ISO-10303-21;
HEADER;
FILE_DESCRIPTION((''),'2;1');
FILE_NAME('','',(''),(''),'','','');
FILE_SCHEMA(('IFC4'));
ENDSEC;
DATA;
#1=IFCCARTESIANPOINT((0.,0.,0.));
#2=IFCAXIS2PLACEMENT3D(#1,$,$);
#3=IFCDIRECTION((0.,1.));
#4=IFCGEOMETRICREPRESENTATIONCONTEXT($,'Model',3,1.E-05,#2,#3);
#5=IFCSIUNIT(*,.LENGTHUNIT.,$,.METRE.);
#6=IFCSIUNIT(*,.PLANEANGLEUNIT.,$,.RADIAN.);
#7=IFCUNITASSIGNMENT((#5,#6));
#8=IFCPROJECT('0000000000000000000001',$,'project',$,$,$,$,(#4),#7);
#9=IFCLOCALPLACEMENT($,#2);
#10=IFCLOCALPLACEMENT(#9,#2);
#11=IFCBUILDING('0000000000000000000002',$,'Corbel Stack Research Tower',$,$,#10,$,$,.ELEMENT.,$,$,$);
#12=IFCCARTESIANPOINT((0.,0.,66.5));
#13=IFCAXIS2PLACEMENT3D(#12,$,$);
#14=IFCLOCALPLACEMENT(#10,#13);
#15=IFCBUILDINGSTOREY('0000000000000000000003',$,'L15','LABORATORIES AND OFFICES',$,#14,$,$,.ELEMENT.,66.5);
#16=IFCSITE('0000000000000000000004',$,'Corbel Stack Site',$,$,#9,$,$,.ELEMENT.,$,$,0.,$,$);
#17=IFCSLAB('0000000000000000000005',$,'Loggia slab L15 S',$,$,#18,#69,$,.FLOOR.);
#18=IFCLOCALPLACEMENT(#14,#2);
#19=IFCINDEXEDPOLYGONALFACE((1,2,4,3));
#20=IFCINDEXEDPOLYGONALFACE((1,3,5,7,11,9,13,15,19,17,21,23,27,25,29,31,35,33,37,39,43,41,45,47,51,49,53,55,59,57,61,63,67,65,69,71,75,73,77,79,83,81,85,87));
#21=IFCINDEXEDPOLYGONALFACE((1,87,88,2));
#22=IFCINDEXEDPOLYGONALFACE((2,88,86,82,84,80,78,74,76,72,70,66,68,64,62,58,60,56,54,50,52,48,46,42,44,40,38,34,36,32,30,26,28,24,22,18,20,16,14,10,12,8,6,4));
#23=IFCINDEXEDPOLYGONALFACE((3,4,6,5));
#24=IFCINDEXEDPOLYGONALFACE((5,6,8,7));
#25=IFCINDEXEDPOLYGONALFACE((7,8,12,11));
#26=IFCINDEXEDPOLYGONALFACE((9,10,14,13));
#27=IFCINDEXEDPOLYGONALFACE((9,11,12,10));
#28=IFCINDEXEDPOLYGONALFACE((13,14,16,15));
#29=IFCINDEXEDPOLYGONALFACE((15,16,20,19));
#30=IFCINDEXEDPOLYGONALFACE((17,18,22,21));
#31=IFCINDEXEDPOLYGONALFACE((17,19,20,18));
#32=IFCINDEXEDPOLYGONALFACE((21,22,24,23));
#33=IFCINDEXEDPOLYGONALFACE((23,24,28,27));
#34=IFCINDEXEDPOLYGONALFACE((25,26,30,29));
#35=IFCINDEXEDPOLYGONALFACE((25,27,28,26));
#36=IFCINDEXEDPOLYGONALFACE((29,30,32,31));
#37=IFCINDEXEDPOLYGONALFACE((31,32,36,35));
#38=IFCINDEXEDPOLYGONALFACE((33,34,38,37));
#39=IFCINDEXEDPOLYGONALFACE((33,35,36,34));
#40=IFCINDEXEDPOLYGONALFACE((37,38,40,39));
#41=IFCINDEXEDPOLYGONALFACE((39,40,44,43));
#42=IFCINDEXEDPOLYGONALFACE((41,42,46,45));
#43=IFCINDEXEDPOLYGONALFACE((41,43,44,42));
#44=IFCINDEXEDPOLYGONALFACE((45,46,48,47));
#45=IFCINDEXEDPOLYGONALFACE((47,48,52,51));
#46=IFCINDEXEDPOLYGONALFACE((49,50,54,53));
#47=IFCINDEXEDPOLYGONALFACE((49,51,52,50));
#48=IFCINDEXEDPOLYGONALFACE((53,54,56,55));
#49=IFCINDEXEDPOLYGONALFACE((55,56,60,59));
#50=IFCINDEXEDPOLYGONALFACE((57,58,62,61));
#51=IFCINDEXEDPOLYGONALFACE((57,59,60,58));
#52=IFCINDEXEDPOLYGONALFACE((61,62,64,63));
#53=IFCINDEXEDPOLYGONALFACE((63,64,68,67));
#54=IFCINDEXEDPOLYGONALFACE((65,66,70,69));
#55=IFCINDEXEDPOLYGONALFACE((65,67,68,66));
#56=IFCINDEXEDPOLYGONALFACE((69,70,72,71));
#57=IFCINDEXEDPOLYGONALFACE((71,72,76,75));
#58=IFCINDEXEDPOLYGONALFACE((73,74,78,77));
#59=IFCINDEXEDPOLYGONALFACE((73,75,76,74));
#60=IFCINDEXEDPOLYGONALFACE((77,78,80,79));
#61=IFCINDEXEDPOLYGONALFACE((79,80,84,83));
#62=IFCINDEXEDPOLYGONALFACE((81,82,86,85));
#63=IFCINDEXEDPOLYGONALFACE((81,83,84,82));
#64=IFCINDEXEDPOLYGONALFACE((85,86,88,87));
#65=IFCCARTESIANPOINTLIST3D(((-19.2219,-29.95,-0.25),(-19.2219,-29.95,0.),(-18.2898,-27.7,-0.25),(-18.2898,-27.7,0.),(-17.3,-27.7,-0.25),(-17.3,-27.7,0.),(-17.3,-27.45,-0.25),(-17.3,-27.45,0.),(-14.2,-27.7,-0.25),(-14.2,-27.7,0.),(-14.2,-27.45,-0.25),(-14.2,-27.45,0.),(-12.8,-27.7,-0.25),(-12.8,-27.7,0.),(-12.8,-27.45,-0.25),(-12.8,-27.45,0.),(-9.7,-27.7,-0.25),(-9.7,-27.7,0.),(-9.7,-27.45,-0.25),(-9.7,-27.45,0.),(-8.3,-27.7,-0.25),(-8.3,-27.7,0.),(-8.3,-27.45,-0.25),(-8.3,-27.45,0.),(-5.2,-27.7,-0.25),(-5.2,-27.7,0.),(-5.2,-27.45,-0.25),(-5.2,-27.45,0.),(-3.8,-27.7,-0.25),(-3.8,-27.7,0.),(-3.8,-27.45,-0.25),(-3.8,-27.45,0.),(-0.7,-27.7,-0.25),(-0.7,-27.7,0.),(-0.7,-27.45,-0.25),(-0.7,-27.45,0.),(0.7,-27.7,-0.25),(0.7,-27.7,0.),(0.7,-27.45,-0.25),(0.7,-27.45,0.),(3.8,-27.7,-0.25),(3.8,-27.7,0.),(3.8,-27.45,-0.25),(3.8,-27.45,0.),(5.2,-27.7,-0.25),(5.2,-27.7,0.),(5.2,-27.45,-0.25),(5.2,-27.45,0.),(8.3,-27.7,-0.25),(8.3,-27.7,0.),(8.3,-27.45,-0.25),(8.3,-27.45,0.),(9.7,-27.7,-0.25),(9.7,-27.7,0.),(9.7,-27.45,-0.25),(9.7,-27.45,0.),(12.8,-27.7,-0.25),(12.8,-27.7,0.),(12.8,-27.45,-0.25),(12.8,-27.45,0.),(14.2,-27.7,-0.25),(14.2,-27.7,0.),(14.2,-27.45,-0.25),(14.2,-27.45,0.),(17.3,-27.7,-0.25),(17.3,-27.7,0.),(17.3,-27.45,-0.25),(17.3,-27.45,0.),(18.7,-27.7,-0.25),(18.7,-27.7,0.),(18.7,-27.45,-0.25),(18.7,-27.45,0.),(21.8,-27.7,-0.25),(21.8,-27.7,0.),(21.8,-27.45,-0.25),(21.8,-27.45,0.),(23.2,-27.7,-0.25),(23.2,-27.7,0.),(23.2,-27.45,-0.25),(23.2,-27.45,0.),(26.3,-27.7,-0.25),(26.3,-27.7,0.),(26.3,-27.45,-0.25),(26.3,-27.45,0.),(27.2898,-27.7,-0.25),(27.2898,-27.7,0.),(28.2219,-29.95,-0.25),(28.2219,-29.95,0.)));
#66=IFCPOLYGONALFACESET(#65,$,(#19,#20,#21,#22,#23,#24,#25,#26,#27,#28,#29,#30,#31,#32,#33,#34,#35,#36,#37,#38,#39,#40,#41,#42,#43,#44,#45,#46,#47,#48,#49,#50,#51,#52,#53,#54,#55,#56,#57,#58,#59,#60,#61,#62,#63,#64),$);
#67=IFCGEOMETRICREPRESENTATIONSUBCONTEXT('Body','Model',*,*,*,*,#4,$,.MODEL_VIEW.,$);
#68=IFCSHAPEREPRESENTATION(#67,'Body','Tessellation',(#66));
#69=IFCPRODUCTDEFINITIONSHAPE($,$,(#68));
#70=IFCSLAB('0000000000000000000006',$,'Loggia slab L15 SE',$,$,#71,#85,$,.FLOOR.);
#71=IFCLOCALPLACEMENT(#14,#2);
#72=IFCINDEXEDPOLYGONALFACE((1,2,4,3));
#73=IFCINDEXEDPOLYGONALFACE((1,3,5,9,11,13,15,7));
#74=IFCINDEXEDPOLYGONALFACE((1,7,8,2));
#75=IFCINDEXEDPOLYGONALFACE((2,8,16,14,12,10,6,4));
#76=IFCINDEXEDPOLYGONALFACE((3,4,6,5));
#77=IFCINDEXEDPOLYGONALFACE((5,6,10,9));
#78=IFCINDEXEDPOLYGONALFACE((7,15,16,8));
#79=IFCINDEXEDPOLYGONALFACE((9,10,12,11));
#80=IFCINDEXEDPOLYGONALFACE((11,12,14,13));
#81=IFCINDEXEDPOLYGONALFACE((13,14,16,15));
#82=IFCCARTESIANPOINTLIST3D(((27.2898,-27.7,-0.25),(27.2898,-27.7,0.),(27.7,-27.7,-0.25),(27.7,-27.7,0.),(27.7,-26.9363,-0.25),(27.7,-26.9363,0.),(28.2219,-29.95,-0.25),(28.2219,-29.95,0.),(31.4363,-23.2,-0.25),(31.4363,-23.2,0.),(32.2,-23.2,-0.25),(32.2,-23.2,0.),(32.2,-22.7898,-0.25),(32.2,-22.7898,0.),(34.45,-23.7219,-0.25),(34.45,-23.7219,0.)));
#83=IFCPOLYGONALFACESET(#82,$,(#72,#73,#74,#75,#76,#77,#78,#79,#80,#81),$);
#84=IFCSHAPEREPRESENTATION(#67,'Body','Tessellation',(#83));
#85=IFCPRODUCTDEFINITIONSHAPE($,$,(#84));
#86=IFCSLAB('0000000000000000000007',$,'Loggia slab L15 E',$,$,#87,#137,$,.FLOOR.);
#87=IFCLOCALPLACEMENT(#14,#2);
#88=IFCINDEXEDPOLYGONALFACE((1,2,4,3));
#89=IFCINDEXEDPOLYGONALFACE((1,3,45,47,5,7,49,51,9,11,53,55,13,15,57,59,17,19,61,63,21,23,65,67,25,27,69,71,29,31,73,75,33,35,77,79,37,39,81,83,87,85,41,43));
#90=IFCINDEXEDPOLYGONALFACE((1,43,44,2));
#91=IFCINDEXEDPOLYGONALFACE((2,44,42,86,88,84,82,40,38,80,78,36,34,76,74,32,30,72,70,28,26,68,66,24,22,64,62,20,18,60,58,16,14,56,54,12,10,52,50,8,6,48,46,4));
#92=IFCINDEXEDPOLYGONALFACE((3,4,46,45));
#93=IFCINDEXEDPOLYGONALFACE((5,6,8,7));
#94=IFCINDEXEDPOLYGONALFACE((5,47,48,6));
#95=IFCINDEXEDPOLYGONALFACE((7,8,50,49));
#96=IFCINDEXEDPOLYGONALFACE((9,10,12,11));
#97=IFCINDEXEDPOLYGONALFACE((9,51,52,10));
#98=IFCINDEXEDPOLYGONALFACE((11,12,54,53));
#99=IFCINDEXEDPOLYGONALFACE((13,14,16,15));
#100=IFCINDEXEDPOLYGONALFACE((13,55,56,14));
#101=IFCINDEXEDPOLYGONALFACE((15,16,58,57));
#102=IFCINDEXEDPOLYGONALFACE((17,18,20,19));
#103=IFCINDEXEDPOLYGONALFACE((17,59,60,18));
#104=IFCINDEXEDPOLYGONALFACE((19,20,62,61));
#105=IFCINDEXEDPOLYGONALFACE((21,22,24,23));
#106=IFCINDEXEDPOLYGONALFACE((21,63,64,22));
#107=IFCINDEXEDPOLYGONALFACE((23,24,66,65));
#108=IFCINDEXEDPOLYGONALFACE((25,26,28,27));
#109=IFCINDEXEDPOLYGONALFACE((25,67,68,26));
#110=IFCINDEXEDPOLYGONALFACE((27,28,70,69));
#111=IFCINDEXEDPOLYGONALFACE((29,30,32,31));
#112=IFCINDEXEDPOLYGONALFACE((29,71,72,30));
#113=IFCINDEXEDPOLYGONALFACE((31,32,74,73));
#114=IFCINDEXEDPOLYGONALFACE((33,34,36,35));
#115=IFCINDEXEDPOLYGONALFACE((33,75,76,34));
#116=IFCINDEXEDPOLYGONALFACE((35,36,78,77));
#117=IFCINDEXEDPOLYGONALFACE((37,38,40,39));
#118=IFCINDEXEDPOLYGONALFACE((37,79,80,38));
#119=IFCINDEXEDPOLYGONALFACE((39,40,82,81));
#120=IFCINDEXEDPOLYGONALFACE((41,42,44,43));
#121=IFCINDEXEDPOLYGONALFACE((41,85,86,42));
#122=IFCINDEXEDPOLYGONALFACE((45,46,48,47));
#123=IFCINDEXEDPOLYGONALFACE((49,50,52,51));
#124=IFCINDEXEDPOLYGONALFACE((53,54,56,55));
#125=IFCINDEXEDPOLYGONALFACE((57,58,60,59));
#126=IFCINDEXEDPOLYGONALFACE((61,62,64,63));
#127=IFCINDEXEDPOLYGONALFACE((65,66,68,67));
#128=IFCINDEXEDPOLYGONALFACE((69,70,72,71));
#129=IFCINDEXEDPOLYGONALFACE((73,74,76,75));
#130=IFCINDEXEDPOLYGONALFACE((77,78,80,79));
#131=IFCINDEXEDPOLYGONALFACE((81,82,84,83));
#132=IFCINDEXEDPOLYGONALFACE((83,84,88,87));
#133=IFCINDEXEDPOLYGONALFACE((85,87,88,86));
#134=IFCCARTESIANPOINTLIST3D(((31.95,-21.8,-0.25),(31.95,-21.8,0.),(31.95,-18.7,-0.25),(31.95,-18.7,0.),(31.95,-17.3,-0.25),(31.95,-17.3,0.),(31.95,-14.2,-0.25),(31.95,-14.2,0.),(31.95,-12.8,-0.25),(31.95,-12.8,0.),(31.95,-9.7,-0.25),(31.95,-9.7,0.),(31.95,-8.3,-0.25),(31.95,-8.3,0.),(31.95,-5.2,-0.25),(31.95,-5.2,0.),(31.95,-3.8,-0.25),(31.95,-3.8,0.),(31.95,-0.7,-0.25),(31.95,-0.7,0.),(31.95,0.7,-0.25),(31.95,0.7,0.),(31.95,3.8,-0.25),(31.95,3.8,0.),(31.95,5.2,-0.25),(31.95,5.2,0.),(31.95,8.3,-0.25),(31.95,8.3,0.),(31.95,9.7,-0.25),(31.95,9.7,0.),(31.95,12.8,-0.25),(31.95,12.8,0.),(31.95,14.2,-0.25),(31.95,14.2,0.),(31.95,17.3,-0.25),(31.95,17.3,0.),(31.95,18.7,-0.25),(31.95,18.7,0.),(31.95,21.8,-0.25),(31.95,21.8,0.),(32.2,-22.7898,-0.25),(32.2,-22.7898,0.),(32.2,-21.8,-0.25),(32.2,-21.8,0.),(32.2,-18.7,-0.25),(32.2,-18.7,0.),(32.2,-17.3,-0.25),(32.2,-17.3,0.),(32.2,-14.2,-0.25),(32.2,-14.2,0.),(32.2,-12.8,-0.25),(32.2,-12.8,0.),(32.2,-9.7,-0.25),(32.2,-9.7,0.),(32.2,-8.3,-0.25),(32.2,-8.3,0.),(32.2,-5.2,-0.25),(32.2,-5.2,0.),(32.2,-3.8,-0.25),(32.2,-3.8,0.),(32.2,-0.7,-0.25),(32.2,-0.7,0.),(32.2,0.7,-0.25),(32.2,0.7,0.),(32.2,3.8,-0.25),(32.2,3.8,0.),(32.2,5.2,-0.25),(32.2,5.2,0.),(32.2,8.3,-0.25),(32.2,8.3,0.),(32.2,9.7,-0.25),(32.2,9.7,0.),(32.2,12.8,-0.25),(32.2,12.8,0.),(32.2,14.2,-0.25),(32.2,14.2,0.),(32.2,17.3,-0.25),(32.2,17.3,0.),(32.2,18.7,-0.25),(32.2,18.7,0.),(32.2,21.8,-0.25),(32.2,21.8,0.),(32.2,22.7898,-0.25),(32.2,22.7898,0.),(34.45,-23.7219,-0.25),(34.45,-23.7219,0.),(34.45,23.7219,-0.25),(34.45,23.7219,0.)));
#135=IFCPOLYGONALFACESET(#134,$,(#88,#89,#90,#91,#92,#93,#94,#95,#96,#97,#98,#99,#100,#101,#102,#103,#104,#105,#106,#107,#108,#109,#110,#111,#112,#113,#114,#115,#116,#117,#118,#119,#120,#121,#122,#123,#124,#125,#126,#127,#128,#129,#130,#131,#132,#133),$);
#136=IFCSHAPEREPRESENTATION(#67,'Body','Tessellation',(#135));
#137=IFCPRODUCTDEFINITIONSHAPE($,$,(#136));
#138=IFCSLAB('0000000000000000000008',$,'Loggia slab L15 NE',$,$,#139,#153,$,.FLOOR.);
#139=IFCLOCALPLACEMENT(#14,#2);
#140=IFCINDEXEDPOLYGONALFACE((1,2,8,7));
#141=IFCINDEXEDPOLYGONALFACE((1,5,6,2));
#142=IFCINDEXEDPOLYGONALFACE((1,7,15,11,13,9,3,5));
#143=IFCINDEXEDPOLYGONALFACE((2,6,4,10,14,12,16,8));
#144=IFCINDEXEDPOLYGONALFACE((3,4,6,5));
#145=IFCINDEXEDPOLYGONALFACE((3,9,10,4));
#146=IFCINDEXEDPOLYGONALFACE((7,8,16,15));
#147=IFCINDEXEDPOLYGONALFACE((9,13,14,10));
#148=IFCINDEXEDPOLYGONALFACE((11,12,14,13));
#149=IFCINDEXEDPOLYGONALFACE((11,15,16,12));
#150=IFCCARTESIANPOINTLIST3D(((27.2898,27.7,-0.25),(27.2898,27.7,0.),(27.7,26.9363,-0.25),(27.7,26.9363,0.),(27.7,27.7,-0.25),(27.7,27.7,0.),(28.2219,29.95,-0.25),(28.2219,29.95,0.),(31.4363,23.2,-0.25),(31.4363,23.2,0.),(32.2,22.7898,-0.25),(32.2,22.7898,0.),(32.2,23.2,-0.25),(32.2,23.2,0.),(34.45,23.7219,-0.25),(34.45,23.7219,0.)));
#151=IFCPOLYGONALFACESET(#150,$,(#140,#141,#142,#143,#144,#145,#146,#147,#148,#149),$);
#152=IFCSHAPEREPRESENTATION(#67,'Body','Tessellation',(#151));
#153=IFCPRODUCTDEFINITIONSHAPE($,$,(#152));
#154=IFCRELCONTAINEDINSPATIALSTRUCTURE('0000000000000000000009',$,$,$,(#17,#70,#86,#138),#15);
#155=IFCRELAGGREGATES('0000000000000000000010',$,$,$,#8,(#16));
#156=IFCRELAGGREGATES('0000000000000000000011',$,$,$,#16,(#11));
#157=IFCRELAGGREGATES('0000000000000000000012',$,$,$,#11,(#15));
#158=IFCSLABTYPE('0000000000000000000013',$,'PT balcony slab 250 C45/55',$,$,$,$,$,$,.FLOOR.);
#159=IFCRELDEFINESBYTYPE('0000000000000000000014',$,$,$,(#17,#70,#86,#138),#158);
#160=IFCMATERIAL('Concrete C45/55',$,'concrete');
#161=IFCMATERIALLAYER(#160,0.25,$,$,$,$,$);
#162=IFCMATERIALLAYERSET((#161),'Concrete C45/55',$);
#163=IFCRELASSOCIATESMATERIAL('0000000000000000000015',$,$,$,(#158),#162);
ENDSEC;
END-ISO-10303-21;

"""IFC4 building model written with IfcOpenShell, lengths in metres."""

from ifc_helpers import new_model, si_unit, direction, frame, origin, place, context, subcontext, project, spatial, polyline, outline, extrude, material, layer, layer_set, type_object, element, save


model = new_model("IFC4")

# Units and contexts
model_context = context("Model", 3, precision=1e-05, world=origin(), true_north=direction((0.0, 1.0)))
body_context = subcontext(model_context, "Body", "Model", "MODEL_VIEW")
ifc_project = project(units=[si_unit("LENGTHUNIT", "METRE"), si_unit("PLANEANGLEUNIT", "RADIAN")], contexts=[model_context])

# Site, building, storey
site_placement = place(None, origin())
site = spatial("IfcSite", under=ifc_project, at=site_placement, Name="Corbel Stack Site", CompositionType="ELEMENT", RefElevation=0.0)
building_placement = place(site_placement, origin())
building = spatial("IfcBuilding", under=site, at=building_placement, Name="Corbel Stack Research Tower", CompositionType="ELEMENT")
storey_placement = place(building_placement, frame((0.0, 0.0, 66.5)))
storey = spatial("IfcBuildingStorey", under=building, at=storey_placement, Name="L15", Description="LABORATORIES AND OFFICES", CompositionType="ELEMENT", Elevation=66.5)

# Slabs
ifc_material_1 = material(Name="Concrete C45/55", Category="concrete")
ifc_layer_1 = layer(ifc_material_1, 0.25)
ifc_layer_set_1 = layer_set([ifc_layer_1], Name="Concrete C45/55")
slab_type_1 = type_object("IfcSlabType", Name="PT balcony slab 250 C45/55", PredefinedType="FLOOR", material=ifc_layer_set_1)
slab_1_placement = place(storey_placement, frame((0.0, 0.0, -0.25)))
element("IfcSlab", 1, at=slab_1_placement, inside=storey, type_object=slab_type_1, Name="Loggia slab L15 S", PredefinedType="FLOOR", context=body_context, shape_type="SweptSolid", body=[
    extrude(outline(polyline([(27.2898, -27.7), (26.3, -27.7), (26.3, -27.45), (23.2, -27.45), (23.2, -27.7), (21.8, -27.7), (21.8, -27.45), (18.7, -27.45), (18.7, -27.7), (17.3, -27.7), (17.3, -27.45), (14.2, -27.45), (14.2, -27.7), (12.8, -27.7), (12.8, -27.45), (9.7, -27.45), (9.7, -27.7), (8.3, -27.7), (8.3, -27.45), (5.2, -27.45), (5.2, -27.7), (3.8, -27.7), (3.8, -27.45), (0.7, -27.45), (0.7, -27.7), (-0.7, -27.7), (-0.7, -27.45), (-3.8, -27.45), (-3.8, -27.7), (-5.2, -27.7), (-5.2, -27.45), (-8.3, -27.45), (-8.3, -27.7), (-9.7, -27.7), (-9.7, -27.45), (-12.8, -27.45), (-12.8, -27.7), (-14.2, -27.7), (-14.2, -27.45), (-17.3, -27.45), (-17.3, -27.7), (-18.2898, -27.7), (-19.2219, -29.95), (28.2219, -29.95), (27.2898, -27.7)])), origin(), (0.0, 0.0, 1.0), 0.25),
])
slab_2_placement = place(storey_placement, frame((0.0, 0.0, -0.25)))
element("IfcSlab", 2, at=slab_2_placement, inside=storey, type_object=slab_type_1, Name="Loggia slab L15 SE", PredefinedType="FLOOR", context=body_context, shape_type="SweptSolid", body=[
    extrude(outline(polyline([(32.2, -22.7898), (32.2, -23.2), (31.4363, -23.2), (27.7, -26.9363), (27.7, -27.7), (27.2898, -27.7), (28.2219, -29.95), (34.45, -23.7219), (32.2, -22.7898)])), origin(), (0.0, 0.0, 1.0), 0.25),
])
slab_3_placement = place(storey_placement, frame((0.0, 0.0, -0.25)))
element("IfcSlab", 3, at=slab_3_placement, inside=storey, type_object=slab_type_1, Name="Loggia slab L15 E", PredefinedType="FLOOR", context=body_context, shape_type="SweptSolid", body=[
    extrude(outline(polyline([(32.2, 22.7898), (32.2, 21.8), (31.95, 21.8), (31.95, 18.7), (32.2, 18.7), (32.2, 17.3), (31.95, 17.3), (31.95, 14.2), (32.2, 14.2), (32.2, 12.8), (31.95, 12.8), (31.95, 9.7), (32.2, 9.7), (32.2, 8.3), (31.95, 8.3), (31.95, 5.2), (32.2, 5.2), (32.2, 3.8), (31.95, 3.8), (31.95, 0.7), (32.2, 0.7), (32.2, -0.7), (31.95, -0.7), (31.95, -3.8), (32.2, -3.8), (32.2, -5.2), (31.95, -5.2), (31.95, -8.3), (32.2, -8.3), (32.2, -9.7), (31.95, -9.7), (31.95, -12.8), (32.2, -12.8), (32.2, -14.2), (31.95, -14.2), (31.95, -17.3), (32.2, -17.3), (32.2, -18.7), (31.95, -18.7), (31.95, -21.8), (32.2, -21.8), (32.2, -22.7898), (34.45, -23.7219), (34.45, 23.7219), (32.2, 22.7898)])), origin(), (0.0, 0.0, 1.0), 0.25),
])
slab_4_placement = place(storey_placement, frame((0.0, 0.0, -0.25)))
element("IfcSlab", 4, at=slab_4_placement, inside=storey, type_object=slab_type_1, Name="Loggia slab L15 NE", PredefinedType="FLOOR", context=body_context, shape_type="SweptSolid", body=[
    extrude(outline(polyline([(27.2898, 27.7), (27.7, 27.7), (27.7, 26.9363), (31.4363, 23.2), (32.2, 23.2), (32.2, 22.7898), (34.45, 23.7219), (28.2219, 29.95), (27.2898, 27.7)])), origin(), (0.0, 0.0, 1.0), 0.25),
])

save(model, "model.ifc")
